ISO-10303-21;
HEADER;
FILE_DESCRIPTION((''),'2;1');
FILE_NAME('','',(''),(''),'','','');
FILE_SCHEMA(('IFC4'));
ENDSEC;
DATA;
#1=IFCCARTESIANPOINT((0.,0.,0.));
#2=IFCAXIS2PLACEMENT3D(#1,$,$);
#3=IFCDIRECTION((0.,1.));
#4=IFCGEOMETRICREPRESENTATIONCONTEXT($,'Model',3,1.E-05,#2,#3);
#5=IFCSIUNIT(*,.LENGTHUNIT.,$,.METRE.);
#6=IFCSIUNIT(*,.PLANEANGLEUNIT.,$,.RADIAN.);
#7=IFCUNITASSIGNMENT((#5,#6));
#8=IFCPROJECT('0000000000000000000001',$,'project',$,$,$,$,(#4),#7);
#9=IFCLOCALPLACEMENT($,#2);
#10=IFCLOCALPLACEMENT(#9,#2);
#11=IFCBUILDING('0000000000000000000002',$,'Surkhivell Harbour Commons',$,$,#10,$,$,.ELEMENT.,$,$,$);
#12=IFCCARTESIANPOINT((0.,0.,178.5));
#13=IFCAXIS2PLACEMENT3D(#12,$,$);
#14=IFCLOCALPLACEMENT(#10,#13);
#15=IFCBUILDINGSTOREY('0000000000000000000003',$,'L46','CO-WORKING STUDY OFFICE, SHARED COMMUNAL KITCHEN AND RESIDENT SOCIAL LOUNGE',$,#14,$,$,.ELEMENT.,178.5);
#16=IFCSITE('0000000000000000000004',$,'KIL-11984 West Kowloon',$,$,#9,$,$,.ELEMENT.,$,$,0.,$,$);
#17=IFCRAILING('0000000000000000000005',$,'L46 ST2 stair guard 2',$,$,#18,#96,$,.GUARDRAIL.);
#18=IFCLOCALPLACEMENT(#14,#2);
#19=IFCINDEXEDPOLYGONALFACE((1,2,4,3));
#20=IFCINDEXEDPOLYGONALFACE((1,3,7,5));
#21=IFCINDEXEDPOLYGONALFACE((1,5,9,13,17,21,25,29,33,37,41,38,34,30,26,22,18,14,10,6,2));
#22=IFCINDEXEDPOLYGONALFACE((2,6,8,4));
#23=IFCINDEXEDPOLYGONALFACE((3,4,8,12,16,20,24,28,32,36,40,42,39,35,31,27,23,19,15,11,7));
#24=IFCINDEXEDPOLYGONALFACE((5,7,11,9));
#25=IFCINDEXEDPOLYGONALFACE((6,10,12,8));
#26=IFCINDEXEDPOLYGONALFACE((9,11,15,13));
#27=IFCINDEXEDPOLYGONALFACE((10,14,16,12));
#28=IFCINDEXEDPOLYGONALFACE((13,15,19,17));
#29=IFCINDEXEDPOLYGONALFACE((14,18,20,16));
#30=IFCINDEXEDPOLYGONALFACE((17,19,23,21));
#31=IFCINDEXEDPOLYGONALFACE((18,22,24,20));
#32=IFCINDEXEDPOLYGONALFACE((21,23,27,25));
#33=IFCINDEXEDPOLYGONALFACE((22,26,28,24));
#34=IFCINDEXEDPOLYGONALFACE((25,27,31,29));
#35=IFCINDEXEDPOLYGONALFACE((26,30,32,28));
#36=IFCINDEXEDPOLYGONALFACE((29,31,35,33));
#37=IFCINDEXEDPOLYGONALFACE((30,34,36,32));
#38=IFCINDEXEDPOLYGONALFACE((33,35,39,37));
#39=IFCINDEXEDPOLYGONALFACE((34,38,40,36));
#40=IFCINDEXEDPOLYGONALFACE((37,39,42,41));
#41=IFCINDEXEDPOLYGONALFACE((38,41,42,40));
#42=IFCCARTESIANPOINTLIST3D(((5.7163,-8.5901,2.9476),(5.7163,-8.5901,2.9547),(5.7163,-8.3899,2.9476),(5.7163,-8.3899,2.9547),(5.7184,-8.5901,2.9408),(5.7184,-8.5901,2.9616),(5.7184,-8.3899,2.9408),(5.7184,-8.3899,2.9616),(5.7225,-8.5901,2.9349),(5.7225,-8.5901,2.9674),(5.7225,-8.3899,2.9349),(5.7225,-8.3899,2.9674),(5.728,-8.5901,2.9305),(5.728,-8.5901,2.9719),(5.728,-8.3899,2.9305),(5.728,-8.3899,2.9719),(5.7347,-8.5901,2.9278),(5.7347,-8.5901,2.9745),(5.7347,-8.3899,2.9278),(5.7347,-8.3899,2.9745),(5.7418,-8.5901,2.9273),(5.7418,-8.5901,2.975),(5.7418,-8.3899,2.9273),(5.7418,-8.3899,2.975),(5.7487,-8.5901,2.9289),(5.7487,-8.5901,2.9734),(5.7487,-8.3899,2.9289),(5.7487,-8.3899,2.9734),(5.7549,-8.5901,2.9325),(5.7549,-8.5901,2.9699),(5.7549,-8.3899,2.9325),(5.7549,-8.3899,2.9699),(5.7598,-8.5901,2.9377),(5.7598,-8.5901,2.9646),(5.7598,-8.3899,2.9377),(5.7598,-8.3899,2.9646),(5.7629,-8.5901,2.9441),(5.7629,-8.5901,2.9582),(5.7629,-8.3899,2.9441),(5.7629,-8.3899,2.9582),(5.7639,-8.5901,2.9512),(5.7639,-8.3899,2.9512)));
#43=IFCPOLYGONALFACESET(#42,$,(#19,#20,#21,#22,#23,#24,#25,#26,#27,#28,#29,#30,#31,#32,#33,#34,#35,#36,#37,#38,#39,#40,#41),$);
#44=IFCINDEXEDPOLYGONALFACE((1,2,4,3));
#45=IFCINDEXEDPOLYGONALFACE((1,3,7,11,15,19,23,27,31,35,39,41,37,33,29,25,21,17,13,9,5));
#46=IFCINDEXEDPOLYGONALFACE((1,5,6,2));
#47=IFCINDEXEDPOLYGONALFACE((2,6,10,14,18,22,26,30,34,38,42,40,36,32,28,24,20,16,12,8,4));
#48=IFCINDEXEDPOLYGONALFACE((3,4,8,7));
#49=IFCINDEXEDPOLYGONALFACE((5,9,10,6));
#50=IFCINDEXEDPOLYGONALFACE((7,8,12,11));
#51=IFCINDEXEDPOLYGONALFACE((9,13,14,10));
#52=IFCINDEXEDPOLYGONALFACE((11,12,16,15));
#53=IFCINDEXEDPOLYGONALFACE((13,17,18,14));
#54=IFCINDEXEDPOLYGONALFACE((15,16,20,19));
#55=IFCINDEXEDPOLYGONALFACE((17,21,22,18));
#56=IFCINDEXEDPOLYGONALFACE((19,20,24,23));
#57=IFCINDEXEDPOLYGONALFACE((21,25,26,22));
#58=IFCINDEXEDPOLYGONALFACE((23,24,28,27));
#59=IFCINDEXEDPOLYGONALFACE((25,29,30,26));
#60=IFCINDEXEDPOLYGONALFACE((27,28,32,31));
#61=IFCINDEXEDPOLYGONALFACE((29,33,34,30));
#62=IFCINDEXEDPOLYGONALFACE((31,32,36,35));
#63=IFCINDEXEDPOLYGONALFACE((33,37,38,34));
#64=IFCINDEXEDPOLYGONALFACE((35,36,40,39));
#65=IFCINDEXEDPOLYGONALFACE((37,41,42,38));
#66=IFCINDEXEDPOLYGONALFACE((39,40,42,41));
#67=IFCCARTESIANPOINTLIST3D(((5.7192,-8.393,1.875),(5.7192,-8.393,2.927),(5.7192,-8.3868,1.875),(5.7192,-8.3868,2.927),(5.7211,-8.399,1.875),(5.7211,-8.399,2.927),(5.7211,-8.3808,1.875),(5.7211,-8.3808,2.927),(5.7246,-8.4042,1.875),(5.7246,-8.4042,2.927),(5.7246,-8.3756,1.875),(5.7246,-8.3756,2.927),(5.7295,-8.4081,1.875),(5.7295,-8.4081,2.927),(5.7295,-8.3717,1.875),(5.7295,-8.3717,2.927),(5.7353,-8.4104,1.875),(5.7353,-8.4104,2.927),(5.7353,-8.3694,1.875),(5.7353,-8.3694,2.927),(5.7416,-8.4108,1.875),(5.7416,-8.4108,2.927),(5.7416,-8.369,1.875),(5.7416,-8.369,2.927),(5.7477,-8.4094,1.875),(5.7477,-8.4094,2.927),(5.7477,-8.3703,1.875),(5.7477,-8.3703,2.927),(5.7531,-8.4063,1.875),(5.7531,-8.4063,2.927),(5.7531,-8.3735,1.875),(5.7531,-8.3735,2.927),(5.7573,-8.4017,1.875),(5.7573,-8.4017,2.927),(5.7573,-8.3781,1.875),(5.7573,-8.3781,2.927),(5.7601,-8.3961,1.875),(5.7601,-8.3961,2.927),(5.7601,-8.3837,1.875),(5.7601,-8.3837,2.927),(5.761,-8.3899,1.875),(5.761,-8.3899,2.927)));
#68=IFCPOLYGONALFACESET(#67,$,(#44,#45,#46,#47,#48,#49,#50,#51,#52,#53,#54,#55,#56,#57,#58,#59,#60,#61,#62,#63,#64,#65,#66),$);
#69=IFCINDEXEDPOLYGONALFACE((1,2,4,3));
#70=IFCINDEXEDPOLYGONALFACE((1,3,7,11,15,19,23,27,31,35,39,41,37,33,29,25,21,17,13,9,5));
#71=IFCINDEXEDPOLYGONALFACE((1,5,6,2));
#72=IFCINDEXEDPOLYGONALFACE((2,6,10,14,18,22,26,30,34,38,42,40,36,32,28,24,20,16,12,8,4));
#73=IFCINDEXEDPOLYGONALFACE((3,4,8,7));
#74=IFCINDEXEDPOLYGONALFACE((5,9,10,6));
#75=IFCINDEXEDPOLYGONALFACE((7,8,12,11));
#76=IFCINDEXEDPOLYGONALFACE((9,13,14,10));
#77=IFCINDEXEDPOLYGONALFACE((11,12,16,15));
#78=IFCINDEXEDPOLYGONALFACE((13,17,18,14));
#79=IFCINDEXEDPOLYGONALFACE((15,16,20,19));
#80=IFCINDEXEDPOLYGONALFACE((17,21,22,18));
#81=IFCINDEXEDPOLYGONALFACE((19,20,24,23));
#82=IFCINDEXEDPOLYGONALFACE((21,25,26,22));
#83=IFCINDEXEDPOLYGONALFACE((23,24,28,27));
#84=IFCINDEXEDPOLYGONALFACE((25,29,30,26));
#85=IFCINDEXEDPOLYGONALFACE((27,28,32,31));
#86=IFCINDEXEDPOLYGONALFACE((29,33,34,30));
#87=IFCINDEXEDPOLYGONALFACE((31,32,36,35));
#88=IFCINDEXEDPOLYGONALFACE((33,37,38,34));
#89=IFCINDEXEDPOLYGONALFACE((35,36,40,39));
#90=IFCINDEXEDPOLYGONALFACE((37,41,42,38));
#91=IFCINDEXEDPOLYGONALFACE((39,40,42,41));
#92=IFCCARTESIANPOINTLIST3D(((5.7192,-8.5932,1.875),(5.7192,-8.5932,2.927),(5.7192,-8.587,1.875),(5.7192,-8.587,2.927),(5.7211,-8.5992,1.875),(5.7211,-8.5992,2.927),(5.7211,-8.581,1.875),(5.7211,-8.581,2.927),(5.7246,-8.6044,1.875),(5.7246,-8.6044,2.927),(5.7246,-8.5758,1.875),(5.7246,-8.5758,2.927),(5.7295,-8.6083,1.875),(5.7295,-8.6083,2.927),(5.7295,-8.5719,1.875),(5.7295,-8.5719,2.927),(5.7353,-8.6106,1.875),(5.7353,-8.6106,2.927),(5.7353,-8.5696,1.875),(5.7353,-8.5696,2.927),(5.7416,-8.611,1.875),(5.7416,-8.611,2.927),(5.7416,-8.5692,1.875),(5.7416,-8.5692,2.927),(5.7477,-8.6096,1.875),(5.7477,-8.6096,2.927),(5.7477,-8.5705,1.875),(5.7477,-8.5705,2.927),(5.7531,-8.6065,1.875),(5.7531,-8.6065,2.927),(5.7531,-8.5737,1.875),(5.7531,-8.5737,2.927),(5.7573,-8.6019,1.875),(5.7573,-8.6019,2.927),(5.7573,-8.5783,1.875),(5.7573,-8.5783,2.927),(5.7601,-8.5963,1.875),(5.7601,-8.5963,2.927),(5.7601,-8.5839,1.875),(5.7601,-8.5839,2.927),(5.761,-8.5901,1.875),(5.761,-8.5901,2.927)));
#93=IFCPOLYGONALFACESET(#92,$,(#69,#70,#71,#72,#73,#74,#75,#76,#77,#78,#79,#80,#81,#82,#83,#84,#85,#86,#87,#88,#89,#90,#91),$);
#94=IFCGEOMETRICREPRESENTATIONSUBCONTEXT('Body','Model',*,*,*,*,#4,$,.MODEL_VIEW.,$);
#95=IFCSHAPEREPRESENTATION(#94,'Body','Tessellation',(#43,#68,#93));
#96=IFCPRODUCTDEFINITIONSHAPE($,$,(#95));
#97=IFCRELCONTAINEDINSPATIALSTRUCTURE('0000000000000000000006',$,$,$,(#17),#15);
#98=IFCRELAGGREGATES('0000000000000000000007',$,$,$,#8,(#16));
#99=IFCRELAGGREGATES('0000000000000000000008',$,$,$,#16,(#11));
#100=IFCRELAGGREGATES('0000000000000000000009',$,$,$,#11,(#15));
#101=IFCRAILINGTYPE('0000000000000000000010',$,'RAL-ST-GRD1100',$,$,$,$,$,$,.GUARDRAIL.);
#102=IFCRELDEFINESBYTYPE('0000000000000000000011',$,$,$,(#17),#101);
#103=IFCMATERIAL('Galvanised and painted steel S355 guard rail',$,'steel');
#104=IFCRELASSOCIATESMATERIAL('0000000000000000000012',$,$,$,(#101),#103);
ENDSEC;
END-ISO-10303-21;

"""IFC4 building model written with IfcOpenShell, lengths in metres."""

from ifc_helpers import new_model, si_unit, direction, frame, origin, origin_2d, place, context, subcontext, project, spatial, circle, extrude, material, type_object, element, save


model = new_model("IFC4")

# Units and contexts
model_context = context("Model", 3, precision=1e-05, world=origin(), true_north=direction((0.0, 1.0)))
body_context = subcontext(model_context, "Body", "Model", "MODEL_VIEW")
ifc_project = project(units=[si_unit("LENGTHUNIT", "METRE"), si_unit("PLANEANGLEUNIT", "RADIAN")], contexts=[model_context])

# Site, building, storey
site_placement = place(None, origin())
site = spatial("IfcSite", under=ifc_project, at=site_placement, Name="KIL-11984 West Kowloon", CompositionType="ELEMENT", RefElevation=0.0)
building_placement = place(site_placement, origin())
building = spatial("IfcBuilding", under=site, at=building_placement, Name="Surkhivell Harbour Commons", CompositionType="ELEMENT")
storey_placement = place(building_placement, frame((0.0, 0.0, 178.5)))
storey = spatial("IfcBuildingStorey", under=building, at=storey_placement, Name="L46", Description="CO-WORKING STUDY OFFICE, SHARED COMMUNAL KITCHEN AND RESIDENT SOCIAL LOUNGE", CompositionType="ELEMENT", Elevation=178.5)

# Railing
ifc_material_1 = material(Name="Galvanised and painted steel S355 guard rail", Category="steel")
railing_type_1 = type_object("IfcRailingType", Name="RAL-ST-GRD1100", PredefinedType="GUARDRAIL", material=ifc_material_1)
railing_1_placement = place(storey_placement, frame((5.74, -8.3899, 1.875)))
element("IfcRailing", 1, at=railing_1_placement, inside=storey, type_object=railing_type_1, Name="L46 ST2 stair guard 2", PredefinedType="GUARDRAIL", context=body_context, shape_type="SweptSolid", body=[
    extrude(circle(Radius=0.0239, at=origin_2d()), frame((0.0, 0.0, 1.0762), z_axis=(0.0, -1.0, 0.0), x_axis=(1.0, 0.0, 0.0)), (0.0, 0.0, 1.0), 0.2002),
    extrude(circle(Radius=0.021, at=origin_2d()), origin(), (0.0, 0.0, 1.0), 1.052),
    extrude(circle(Radius=0.021, at=origin_2d()), frame((0.0, -0.2002, 0.0)), (0.0, 0.0, 1.0), 1.052),
])

save(model, "model.ifc")
